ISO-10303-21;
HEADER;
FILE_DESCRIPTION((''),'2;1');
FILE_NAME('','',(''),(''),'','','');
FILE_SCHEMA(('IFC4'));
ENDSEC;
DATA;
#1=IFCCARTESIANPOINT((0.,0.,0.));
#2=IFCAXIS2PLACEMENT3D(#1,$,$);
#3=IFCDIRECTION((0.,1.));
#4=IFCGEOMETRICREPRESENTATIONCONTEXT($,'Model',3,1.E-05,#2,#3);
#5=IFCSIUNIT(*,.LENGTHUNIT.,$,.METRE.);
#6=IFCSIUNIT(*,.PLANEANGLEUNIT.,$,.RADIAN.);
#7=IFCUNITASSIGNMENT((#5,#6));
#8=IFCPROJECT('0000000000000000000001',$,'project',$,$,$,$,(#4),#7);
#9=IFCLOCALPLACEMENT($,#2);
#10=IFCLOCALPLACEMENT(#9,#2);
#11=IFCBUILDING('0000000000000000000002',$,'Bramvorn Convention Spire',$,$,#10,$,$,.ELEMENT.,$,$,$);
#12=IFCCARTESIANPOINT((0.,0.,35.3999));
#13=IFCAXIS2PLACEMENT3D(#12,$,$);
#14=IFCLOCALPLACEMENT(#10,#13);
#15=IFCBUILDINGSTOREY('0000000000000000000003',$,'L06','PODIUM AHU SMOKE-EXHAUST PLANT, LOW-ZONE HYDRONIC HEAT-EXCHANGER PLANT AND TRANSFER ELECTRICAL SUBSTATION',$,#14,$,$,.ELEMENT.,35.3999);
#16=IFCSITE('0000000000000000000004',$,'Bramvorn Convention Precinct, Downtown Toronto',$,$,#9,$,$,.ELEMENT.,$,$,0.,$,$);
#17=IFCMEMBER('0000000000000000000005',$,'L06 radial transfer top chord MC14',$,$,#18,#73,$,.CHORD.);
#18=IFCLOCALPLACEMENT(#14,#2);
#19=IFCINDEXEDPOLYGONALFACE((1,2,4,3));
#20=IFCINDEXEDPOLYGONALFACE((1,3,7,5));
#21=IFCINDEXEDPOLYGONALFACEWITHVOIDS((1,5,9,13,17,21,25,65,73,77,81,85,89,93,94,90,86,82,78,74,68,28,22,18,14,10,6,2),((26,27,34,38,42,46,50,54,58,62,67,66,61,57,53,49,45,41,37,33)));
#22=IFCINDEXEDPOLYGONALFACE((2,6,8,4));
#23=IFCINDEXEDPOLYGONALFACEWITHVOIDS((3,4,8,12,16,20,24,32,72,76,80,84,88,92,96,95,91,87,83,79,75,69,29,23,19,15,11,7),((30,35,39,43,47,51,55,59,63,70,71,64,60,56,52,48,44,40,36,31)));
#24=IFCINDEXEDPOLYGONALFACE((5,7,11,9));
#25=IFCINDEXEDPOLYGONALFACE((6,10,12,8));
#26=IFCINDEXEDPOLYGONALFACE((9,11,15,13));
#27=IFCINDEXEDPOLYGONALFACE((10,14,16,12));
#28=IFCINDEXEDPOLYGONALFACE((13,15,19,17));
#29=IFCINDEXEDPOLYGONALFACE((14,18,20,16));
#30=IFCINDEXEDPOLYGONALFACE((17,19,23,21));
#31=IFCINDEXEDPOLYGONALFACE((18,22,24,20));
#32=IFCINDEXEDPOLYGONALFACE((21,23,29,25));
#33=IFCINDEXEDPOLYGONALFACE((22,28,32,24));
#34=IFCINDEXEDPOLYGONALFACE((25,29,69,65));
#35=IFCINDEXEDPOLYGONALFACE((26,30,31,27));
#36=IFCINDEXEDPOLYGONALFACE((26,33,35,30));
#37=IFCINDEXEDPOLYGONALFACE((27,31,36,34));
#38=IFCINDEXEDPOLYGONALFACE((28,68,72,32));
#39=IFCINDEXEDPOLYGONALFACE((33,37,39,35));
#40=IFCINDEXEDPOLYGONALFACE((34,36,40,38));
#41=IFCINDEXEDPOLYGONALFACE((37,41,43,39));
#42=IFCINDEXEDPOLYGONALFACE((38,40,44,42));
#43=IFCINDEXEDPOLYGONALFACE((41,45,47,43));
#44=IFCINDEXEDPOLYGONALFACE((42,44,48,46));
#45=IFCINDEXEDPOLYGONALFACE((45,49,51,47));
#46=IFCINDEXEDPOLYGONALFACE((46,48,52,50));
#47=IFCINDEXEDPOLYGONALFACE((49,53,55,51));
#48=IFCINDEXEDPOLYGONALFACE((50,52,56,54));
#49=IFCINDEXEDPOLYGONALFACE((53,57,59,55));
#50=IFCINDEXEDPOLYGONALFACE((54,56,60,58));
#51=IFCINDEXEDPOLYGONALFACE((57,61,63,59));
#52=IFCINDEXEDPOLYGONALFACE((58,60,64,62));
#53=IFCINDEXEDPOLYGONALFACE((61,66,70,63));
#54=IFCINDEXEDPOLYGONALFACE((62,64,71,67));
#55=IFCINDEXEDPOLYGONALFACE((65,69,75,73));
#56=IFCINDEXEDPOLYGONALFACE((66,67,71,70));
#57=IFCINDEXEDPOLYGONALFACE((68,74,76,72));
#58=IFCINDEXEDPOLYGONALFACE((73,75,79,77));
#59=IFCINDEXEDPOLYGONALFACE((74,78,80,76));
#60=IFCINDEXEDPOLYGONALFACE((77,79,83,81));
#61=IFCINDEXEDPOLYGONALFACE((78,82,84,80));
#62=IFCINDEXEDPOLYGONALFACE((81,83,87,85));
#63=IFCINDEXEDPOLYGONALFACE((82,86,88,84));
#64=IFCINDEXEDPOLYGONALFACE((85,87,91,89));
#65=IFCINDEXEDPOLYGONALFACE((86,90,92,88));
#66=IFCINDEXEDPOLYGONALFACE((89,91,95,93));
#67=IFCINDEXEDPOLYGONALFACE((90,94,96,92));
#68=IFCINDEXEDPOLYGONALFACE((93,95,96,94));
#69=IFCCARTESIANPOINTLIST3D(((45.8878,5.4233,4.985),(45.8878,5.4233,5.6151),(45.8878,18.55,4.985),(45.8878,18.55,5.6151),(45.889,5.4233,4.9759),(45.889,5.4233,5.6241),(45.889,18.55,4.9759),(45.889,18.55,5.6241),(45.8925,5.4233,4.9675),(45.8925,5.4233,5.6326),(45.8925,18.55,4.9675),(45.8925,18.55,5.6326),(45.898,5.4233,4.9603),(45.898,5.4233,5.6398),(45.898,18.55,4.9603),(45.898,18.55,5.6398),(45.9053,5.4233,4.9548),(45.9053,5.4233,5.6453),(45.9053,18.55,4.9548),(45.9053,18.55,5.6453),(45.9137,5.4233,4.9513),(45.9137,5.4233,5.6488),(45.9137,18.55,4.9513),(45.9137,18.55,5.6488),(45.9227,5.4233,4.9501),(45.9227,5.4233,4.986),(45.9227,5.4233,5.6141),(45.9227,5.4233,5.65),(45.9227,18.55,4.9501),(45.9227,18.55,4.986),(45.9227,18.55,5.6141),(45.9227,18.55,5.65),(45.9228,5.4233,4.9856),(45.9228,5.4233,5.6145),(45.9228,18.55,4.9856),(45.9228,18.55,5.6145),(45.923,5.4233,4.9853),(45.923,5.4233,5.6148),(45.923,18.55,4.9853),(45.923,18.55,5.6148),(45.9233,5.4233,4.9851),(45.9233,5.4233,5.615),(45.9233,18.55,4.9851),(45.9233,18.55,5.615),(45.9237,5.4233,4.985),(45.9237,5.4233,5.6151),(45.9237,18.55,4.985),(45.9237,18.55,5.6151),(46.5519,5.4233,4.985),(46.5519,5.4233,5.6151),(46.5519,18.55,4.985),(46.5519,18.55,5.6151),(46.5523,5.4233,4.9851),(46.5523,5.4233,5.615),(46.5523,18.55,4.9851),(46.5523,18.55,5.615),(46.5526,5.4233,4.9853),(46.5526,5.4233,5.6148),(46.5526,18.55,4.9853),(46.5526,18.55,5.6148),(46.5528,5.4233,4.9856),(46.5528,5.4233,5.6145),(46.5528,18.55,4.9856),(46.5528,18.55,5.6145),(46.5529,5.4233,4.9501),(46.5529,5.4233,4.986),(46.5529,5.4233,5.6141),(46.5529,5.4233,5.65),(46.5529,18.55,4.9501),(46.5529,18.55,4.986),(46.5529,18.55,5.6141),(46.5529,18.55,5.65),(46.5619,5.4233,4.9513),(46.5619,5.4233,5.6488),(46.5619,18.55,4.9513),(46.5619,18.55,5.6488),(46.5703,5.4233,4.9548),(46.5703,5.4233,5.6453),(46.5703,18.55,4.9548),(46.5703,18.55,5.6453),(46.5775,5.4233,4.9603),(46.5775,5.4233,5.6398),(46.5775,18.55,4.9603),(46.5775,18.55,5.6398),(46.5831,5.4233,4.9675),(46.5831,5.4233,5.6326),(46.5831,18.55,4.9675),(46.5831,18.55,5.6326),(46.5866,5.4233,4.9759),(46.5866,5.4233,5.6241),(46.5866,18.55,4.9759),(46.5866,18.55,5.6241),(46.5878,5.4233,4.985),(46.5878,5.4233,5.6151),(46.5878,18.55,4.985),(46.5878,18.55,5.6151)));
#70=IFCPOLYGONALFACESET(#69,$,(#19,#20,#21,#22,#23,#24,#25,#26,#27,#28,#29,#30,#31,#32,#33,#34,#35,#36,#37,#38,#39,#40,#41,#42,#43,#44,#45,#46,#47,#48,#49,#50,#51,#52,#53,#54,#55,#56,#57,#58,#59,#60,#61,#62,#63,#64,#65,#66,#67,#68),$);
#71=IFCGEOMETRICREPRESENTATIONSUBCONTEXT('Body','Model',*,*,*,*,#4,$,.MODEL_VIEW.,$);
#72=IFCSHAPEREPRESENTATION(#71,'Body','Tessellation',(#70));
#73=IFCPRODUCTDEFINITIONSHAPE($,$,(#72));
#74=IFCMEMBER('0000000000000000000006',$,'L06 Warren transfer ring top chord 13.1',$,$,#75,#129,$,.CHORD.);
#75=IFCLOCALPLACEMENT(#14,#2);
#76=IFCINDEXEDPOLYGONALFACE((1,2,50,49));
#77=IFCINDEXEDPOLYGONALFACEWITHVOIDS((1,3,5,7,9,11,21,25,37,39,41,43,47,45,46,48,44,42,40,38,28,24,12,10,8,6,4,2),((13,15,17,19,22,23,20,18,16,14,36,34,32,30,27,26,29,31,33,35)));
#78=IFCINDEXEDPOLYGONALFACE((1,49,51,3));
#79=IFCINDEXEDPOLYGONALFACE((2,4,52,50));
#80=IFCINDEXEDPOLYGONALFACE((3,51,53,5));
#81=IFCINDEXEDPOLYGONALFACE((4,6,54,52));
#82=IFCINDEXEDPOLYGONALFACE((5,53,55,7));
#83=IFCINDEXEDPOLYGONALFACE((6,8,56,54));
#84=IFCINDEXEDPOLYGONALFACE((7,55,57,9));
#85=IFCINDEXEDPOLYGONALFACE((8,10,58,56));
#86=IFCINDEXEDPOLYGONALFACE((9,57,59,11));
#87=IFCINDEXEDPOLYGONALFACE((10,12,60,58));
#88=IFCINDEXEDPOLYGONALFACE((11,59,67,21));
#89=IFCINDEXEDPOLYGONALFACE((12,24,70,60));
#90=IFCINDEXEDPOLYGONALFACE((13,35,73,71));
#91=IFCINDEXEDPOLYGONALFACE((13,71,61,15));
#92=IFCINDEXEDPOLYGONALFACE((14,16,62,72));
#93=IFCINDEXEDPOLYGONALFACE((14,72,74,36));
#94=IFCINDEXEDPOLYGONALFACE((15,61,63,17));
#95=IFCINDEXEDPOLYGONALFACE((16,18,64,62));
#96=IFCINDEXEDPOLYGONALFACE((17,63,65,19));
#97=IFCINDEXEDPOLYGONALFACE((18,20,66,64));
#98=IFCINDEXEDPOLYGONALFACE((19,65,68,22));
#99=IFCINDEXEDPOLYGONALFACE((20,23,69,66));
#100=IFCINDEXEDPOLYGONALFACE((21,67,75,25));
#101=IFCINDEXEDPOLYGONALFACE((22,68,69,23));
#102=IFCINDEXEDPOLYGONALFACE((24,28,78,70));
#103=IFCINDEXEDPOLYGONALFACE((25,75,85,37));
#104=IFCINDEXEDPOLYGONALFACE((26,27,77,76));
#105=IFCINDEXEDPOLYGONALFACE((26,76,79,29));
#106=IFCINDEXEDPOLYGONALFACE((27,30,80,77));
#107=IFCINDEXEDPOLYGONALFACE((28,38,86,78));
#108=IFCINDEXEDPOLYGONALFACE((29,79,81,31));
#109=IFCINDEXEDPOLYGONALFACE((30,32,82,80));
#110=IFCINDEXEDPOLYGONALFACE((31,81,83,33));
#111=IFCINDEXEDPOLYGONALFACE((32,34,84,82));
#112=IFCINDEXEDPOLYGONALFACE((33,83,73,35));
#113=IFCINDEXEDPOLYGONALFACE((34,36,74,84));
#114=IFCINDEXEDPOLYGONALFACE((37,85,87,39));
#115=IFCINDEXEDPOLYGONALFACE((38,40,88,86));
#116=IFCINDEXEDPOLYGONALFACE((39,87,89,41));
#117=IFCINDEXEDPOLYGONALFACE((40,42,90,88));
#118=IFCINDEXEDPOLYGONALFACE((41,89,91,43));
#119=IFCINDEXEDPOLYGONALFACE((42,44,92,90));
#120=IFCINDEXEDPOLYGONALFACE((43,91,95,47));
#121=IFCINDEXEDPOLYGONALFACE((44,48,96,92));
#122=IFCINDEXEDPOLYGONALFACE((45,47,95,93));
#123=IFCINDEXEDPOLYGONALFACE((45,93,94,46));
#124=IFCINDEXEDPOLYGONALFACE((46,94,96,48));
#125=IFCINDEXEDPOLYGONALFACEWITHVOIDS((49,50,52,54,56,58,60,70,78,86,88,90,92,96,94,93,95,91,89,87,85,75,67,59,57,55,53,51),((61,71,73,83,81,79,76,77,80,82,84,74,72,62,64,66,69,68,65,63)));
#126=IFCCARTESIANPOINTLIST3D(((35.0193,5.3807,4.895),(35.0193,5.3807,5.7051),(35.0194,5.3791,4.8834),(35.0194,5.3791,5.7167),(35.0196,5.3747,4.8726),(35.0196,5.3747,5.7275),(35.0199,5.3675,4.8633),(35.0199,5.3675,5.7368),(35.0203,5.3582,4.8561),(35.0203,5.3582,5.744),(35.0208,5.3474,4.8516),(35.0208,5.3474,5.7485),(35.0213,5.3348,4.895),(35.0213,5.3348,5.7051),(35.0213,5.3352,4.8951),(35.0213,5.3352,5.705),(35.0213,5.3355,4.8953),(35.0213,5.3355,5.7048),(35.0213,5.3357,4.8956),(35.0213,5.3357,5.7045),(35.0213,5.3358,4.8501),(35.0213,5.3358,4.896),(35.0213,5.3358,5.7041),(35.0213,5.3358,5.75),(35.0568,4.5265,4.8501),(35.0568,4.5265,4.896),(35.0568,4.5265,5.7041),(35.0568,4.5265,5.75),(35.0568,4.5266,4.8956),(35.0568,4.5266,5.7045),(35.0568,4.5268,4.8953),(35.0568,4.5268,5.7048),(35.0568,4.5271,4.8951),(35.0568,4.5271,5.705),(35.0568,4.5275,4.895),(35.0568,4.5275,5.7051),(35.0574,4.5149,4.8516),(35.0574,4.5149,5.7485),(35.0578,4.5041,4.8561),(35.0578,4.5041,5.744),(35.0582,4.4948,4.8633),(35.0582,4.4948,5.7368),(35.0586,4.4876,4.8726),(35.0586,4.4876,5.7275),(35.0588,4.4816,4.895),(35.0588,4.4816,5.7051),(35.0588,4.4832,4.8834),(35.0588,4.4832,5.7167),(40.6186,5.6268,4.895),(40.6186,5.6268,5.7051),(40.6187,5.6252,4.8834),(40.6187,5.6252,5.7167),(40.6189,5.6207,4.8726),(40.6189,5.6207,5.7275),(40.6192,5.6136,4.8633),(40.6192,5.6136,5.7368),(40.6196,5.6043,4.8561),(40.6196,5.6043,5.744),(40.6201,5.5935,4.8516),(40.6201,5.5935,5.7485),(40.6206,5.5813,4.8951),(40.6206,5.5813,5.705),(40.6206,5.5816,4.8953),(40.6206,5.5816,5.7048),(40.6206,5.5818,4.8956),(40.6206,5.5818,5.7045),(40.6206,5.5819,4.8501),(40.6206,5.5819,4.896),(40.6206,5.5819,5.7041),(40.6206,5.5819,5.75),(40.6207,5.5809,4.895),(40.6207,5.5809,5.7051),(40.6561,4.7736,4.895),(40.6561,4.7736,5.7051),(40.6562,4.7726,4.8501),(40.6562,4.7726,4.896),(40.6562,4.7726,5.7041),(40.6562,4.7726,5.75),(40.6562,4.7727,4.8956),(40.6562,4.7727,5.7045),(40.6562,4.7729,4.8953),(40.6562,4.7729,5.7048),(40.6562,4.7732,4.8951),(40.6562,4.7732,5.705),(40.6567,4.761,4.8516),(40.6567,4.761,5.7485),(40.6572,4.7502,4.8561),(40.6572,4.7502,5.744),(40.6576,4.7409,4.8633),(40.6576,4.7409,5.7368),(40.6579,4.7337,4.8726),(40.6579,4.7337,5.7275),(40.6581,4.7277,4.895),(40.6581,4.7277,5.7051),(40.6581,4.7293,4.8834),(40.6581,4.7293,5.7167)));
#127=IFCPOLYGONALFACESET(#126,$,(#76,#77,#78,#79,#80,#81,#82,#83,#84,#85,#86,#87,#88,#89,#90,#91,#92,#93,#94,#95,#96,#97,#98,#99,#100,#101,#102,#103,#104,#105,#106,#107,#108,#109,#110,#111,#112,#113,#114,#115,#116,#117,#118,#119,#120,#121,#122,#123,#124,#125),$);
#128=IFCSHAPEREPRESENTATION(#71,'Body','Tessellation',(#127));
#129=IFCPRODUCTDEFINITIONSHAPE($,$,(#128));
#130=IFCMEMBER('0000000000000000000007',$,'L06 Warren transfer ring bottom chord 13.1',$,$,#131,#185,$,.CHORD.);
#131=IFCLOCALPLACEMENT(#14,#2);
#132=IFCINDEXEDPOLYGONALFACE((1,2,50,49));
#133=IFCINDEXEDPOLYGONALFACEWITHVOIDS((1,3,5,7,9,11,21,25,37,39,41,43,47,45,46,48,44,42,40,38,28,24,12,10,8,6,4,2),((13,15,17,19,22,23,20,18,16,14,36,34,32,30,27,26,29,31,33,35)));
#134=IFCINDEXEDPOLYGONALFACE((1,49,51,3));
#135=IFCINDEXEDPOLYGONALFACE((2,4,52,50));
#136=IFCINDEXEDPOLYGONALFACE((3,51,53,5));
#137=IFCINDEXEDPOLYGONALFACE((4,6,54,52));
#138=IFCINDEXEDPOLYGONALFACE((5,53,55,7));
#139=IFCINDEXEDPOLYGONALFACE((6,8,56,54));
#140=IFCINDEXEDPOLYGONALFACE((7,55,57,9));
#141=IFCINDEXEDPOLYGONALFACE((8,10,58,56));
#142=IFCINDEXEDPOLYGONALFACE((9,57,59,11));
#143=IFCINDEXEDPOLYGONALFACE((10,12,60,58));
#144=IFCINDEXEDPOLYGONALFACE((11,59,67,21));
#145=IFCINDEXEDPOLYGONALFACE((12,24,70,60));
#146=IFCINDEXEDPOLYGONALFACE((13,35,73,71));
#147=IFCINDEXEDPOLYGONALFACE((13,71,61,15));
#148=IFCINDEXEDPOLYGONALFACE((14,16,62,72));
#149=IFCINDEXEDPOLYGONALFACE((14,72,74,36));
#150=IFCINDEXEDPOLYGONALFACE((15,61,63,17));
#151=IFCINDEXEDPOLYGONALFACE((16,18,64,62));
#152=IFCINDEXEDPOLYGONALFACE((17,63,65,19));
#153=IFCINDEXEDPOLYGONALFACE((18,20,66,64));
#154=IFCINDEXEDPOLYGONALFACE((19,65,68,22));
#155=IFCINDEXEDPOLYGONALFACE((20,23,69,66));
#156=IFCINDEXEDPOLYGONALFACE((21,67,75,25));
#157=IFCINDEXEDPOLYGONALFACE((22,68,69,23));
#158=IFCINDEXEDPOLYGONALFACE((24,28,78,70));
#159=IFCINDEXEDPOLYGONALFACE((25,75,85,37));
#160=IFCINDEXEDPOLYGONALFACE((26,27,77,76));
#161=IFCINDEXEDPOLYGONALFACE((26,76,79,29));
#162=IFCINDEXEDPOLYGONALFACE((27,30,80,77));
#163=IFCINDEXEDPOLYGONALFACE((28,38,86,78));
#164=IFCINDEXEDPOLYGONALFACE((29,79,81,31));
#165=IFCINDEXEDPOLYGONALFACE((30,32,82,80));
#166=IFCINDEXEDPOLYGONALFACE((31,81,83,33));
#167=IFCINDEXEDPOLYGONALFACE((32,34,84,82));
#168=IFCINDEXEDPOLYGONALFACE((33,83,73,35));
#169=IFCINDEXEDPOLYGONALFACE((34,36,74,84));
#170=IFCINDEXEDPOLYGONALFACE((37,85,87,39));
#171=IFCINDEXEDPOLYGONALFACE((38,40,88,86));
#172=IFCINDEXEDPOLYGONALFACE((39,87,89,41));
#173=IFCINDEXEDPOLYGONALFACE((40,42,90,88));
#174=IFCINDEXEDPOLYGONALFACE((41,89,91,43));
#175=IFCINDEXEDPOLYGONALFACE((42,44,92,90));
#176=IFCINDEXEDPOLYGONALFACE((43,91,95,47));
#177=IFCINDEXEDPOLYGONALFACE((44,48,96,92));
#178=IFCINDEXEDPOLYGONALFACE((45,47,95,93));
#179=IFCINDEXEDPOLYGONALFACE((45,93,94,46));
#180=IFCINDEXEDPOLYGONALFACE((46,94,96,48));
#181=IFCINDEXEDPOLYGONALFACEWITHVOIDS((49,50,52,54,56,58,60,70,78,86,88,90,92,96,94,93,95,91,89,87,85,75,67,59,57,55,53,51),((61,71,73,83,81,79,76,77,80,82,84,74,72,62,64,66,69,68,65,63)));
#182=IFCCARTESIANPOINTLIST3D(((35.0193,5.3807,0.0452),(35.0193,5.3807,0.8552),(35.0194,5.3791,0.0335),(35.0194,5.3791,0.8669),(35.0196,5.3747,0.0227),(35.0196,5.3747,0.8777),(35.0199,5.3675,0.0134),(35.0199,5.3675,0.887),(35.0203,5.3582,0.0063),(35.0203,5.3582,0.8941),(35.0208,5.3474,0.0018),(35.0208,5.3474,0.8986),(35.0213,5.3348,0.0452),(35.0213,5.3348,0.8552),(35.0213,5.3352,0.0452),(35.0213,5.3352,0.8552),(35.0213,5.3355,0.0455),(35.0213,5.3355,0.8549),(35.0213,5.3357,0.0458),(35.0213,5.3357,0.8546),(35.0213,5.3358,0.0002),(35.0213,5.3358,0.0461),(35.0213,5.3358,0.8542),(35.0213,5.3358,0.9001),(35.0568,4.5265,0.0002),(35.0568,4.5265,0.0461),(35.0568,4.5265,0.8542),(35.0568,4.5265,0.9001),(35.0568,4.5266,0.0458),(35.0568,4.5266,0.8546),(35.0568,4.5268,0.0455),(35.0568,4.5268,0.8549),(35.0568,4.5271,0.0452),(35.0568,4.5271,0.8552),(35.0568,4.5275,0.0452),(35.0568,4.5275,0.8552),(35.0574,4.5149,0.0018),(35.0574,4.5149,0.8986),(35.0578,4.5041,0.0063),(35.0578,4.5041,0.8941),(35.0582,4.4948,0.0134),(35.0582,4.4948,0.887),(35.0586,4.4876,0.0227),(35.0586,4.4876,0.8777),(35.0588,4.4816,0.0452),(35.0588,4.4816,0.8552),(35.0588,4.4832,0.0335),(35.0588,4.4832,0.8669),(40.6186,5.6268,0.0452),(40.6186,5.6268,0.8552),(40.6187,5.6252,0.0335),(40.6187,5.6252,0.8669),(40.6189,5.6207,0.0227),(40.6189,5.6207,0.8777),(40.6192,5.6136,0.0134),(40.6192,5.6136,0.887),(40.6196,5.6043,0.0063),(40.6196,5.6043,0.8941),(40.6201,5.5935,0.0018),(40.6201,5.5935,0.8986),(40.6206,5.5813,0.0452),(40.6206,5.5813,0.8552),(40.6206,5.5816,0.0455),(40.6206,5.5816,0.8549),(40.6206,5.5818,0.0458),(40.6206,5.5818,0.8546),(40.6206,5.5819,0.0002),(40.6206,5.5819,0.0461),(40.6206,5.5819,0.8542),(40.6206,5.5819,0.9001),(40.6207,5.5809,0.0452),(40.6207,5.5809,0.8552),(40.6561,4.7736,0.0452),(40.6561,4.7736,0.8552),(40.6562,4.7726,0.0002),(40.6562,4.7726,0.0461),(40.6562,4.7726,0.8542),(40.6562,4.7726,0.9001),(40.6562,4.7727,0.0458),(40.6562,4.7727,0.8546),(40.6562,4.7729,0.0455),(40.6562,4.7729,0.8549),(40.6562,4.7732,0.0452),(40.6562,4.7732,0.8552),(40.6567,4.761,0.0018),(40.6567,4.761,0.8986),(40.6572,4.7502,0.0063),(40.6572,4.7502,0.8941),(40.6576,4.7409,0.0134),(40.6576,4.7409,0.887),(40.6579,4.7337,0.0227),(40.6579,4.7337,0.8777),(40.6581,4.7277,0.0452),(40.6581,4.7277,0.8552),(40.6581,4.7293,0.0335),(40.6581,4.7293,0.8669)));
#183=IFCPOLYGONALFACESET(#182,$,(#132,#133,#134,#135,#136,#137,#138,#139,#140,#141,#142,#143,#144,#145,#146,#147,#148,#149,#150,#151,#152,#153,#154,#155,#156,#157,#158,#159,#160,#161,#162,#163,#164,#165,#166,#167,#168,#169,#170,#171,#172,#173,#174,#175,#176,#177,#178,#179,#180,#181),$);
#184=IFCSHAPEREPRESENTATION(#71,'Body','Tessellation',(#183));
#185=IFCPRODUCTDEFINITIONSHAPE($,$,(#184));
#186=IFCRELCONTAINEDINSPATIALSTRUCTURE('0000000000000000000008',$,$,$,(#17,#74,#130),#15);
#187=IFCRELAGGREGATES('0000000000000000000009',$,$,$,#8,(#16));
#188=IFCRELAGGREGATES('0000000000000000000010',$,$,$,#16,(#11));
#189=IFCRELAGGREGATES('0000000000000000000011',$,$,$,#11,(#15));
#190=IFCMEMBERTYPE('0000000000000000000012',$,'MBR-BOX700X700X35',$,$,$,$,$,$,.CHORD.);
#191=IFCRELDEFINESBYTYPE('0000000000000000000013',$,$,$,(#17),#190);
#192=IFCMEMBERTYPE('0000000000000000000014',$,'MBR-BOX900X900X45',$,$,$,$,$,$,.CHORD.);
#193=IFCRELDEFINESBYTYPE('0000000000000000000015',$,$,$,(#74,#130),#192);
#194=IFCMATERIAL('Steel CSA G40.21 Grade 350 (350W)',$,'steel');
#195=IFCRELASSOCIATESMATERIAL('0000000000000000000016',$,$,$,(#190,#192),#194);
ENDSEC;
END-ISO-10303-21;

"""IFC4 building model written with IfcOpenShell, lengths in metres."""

from ifc_helpers import new_model, si_unit, direction, frame, origin, origin_2d, place, context, subcontext, project, spatial, hollow_rectangle, extrude, material, material_profile, profile_set, type_object, element, save


model = new_model("IFC4")

# Units and contexts
model_context = context("Model", 3, precision=1e-05, world=origin(), true_north=direction((0.0, 1.0)))
body_context = subcontext(model_context, "Body", "Model", "MODEL_VIEW")
ifc_project = project(units=[si_unit("LENGTHUNIT", "METRE"), si_unit("PLANEANGLEUNIT", "RADIAN")], contexts=[model_context])

# Site, building, storey
site_placement = place(None, origin())
site = spatial("IfcSite", under=ifc_project, at=site_placement, Name="Bramvorn Convention Precinct, Downtown Toronto", CompositionType="ELEMENT", RefElevation=0.0)
building_placement = place(site_placement, origin())
building = spatial("IfcBuilding", under=site, at=building_placement, Name="Bramvorn Convention Spire", CompositionType="ELEMENT")
storey_placement = place(building_placement, frame((0.0, 0.0, 35.3999)))
storey = spatial("IfcBuildingStorey", under=building, at=storey_placement, Name="L06", Description="PODIUM AHU SMOKE-EXHAUST PLANT, LOW-ZONE HYDRONIC HEAT-EXCHANGER PLANT AND TRANSFER ELECTRICAL SUBSTATION", CompositionType="ELEMENT", Elevation=35.3999)

# Shared definitions
ifc_material_1 = material(Name="Steel CSA G40.21 Grade 350 (350W)", Category="steel")

# Members
ifc_material_profile_1 = material_profile(ifc_material_1, hollow_rectangle(XDim=0.7, YDim=0.7, WallThickness=0.0349, InnerFilletRadius=0.001, OuterFilletRadius=0.0349, at=origin_2d()))
ifc_profile_set_1 = profile_set([ifc_material_profile_1], Name="Steel CSA G40.21 Grade 350 (350W) - BOX700X700X35")
member_type_1 = type_object("IfcMemberType", Name="MBR-BOX700X700X35", PredefinedType="CHORD", material=ifc_profile_set_1)
member_1_placement = place(storey_placement, frame((46.2378, 18.55, 5.3), z_axis=(0.0, -1.0, 0.0), x_axis=(1.0, 0.0, 0.0)))
element("IfcMember", 1, at=member_1_placement, inside=storey, type_object=member_type_1, Name="L06 radial transfer top chord MC14", PredefinedType="CHORD", context=body_context, shape_type="SweptSolid", body=[
    extrude(hollow_rectangle(XDim=0.7, YDim=0.7, WallThickness=0.0349, InnerFilletRadius=0.001, OuterFilletRadius=0.0349, at=origin_2d()), origin(), (0.0, 0.0, 1.0), 13.1267),
])
ifc_material_profile_2 = material_profile(ifc_material_1, hollow_rectangle(XDim=0.8999, YDim=0.8999, WallThickness=0.0449, InnerFilletRadius=0.001, OuterFilletRadius=0.0449, at=origin_2d()))
ifc_profile_set_2 = profile_set([ifc_material_profile_2], Name="Steel CSA G40.21 Grade 350 (350W) - BOX900X900X45")
member_type_2 = type_object("IfcMemberType", Name="MBR-BOX900X900X45", PredefinedType="CHORD", material=ifc_profile_set_2)
for number, where, z_axis, x_axis, name in (
    (2, (35.0391, 4.9312, 5.3), (0.999036, 0.043908, 0.0), (-0.043908, 0.999036, 0.0), "L06 Warren transfer ring top chord 13.1"),
    (3, (35.0391, 4.9312, 0.4502), (0.999036, 0.043908, 0.0), (-0.043908, 0.999036, 0.0), "L06 Warren transfer ring bottom chord 13.1"),
):
    element("IfcMember", number, at=place(storey_placement, frame(where, z_axis=z_axis, x_axis=x_axis)), inside=storey, type_object=member_type_2, Name=name, PredefinedType="CHORD", context=body_context, shape_type="SweptSolid", body=[
        extrude(hollow_rectangle(XDim=0.8999, YDim=0.8999, WallThickness=0.0449, InnerFilletRadius=0.001, OuterFilletRadius=0.0449, at=origin_2d()), origin(), (0.0, 0.0, 1.0), 5.6047),
    ])

save(model, "model.ifc")
